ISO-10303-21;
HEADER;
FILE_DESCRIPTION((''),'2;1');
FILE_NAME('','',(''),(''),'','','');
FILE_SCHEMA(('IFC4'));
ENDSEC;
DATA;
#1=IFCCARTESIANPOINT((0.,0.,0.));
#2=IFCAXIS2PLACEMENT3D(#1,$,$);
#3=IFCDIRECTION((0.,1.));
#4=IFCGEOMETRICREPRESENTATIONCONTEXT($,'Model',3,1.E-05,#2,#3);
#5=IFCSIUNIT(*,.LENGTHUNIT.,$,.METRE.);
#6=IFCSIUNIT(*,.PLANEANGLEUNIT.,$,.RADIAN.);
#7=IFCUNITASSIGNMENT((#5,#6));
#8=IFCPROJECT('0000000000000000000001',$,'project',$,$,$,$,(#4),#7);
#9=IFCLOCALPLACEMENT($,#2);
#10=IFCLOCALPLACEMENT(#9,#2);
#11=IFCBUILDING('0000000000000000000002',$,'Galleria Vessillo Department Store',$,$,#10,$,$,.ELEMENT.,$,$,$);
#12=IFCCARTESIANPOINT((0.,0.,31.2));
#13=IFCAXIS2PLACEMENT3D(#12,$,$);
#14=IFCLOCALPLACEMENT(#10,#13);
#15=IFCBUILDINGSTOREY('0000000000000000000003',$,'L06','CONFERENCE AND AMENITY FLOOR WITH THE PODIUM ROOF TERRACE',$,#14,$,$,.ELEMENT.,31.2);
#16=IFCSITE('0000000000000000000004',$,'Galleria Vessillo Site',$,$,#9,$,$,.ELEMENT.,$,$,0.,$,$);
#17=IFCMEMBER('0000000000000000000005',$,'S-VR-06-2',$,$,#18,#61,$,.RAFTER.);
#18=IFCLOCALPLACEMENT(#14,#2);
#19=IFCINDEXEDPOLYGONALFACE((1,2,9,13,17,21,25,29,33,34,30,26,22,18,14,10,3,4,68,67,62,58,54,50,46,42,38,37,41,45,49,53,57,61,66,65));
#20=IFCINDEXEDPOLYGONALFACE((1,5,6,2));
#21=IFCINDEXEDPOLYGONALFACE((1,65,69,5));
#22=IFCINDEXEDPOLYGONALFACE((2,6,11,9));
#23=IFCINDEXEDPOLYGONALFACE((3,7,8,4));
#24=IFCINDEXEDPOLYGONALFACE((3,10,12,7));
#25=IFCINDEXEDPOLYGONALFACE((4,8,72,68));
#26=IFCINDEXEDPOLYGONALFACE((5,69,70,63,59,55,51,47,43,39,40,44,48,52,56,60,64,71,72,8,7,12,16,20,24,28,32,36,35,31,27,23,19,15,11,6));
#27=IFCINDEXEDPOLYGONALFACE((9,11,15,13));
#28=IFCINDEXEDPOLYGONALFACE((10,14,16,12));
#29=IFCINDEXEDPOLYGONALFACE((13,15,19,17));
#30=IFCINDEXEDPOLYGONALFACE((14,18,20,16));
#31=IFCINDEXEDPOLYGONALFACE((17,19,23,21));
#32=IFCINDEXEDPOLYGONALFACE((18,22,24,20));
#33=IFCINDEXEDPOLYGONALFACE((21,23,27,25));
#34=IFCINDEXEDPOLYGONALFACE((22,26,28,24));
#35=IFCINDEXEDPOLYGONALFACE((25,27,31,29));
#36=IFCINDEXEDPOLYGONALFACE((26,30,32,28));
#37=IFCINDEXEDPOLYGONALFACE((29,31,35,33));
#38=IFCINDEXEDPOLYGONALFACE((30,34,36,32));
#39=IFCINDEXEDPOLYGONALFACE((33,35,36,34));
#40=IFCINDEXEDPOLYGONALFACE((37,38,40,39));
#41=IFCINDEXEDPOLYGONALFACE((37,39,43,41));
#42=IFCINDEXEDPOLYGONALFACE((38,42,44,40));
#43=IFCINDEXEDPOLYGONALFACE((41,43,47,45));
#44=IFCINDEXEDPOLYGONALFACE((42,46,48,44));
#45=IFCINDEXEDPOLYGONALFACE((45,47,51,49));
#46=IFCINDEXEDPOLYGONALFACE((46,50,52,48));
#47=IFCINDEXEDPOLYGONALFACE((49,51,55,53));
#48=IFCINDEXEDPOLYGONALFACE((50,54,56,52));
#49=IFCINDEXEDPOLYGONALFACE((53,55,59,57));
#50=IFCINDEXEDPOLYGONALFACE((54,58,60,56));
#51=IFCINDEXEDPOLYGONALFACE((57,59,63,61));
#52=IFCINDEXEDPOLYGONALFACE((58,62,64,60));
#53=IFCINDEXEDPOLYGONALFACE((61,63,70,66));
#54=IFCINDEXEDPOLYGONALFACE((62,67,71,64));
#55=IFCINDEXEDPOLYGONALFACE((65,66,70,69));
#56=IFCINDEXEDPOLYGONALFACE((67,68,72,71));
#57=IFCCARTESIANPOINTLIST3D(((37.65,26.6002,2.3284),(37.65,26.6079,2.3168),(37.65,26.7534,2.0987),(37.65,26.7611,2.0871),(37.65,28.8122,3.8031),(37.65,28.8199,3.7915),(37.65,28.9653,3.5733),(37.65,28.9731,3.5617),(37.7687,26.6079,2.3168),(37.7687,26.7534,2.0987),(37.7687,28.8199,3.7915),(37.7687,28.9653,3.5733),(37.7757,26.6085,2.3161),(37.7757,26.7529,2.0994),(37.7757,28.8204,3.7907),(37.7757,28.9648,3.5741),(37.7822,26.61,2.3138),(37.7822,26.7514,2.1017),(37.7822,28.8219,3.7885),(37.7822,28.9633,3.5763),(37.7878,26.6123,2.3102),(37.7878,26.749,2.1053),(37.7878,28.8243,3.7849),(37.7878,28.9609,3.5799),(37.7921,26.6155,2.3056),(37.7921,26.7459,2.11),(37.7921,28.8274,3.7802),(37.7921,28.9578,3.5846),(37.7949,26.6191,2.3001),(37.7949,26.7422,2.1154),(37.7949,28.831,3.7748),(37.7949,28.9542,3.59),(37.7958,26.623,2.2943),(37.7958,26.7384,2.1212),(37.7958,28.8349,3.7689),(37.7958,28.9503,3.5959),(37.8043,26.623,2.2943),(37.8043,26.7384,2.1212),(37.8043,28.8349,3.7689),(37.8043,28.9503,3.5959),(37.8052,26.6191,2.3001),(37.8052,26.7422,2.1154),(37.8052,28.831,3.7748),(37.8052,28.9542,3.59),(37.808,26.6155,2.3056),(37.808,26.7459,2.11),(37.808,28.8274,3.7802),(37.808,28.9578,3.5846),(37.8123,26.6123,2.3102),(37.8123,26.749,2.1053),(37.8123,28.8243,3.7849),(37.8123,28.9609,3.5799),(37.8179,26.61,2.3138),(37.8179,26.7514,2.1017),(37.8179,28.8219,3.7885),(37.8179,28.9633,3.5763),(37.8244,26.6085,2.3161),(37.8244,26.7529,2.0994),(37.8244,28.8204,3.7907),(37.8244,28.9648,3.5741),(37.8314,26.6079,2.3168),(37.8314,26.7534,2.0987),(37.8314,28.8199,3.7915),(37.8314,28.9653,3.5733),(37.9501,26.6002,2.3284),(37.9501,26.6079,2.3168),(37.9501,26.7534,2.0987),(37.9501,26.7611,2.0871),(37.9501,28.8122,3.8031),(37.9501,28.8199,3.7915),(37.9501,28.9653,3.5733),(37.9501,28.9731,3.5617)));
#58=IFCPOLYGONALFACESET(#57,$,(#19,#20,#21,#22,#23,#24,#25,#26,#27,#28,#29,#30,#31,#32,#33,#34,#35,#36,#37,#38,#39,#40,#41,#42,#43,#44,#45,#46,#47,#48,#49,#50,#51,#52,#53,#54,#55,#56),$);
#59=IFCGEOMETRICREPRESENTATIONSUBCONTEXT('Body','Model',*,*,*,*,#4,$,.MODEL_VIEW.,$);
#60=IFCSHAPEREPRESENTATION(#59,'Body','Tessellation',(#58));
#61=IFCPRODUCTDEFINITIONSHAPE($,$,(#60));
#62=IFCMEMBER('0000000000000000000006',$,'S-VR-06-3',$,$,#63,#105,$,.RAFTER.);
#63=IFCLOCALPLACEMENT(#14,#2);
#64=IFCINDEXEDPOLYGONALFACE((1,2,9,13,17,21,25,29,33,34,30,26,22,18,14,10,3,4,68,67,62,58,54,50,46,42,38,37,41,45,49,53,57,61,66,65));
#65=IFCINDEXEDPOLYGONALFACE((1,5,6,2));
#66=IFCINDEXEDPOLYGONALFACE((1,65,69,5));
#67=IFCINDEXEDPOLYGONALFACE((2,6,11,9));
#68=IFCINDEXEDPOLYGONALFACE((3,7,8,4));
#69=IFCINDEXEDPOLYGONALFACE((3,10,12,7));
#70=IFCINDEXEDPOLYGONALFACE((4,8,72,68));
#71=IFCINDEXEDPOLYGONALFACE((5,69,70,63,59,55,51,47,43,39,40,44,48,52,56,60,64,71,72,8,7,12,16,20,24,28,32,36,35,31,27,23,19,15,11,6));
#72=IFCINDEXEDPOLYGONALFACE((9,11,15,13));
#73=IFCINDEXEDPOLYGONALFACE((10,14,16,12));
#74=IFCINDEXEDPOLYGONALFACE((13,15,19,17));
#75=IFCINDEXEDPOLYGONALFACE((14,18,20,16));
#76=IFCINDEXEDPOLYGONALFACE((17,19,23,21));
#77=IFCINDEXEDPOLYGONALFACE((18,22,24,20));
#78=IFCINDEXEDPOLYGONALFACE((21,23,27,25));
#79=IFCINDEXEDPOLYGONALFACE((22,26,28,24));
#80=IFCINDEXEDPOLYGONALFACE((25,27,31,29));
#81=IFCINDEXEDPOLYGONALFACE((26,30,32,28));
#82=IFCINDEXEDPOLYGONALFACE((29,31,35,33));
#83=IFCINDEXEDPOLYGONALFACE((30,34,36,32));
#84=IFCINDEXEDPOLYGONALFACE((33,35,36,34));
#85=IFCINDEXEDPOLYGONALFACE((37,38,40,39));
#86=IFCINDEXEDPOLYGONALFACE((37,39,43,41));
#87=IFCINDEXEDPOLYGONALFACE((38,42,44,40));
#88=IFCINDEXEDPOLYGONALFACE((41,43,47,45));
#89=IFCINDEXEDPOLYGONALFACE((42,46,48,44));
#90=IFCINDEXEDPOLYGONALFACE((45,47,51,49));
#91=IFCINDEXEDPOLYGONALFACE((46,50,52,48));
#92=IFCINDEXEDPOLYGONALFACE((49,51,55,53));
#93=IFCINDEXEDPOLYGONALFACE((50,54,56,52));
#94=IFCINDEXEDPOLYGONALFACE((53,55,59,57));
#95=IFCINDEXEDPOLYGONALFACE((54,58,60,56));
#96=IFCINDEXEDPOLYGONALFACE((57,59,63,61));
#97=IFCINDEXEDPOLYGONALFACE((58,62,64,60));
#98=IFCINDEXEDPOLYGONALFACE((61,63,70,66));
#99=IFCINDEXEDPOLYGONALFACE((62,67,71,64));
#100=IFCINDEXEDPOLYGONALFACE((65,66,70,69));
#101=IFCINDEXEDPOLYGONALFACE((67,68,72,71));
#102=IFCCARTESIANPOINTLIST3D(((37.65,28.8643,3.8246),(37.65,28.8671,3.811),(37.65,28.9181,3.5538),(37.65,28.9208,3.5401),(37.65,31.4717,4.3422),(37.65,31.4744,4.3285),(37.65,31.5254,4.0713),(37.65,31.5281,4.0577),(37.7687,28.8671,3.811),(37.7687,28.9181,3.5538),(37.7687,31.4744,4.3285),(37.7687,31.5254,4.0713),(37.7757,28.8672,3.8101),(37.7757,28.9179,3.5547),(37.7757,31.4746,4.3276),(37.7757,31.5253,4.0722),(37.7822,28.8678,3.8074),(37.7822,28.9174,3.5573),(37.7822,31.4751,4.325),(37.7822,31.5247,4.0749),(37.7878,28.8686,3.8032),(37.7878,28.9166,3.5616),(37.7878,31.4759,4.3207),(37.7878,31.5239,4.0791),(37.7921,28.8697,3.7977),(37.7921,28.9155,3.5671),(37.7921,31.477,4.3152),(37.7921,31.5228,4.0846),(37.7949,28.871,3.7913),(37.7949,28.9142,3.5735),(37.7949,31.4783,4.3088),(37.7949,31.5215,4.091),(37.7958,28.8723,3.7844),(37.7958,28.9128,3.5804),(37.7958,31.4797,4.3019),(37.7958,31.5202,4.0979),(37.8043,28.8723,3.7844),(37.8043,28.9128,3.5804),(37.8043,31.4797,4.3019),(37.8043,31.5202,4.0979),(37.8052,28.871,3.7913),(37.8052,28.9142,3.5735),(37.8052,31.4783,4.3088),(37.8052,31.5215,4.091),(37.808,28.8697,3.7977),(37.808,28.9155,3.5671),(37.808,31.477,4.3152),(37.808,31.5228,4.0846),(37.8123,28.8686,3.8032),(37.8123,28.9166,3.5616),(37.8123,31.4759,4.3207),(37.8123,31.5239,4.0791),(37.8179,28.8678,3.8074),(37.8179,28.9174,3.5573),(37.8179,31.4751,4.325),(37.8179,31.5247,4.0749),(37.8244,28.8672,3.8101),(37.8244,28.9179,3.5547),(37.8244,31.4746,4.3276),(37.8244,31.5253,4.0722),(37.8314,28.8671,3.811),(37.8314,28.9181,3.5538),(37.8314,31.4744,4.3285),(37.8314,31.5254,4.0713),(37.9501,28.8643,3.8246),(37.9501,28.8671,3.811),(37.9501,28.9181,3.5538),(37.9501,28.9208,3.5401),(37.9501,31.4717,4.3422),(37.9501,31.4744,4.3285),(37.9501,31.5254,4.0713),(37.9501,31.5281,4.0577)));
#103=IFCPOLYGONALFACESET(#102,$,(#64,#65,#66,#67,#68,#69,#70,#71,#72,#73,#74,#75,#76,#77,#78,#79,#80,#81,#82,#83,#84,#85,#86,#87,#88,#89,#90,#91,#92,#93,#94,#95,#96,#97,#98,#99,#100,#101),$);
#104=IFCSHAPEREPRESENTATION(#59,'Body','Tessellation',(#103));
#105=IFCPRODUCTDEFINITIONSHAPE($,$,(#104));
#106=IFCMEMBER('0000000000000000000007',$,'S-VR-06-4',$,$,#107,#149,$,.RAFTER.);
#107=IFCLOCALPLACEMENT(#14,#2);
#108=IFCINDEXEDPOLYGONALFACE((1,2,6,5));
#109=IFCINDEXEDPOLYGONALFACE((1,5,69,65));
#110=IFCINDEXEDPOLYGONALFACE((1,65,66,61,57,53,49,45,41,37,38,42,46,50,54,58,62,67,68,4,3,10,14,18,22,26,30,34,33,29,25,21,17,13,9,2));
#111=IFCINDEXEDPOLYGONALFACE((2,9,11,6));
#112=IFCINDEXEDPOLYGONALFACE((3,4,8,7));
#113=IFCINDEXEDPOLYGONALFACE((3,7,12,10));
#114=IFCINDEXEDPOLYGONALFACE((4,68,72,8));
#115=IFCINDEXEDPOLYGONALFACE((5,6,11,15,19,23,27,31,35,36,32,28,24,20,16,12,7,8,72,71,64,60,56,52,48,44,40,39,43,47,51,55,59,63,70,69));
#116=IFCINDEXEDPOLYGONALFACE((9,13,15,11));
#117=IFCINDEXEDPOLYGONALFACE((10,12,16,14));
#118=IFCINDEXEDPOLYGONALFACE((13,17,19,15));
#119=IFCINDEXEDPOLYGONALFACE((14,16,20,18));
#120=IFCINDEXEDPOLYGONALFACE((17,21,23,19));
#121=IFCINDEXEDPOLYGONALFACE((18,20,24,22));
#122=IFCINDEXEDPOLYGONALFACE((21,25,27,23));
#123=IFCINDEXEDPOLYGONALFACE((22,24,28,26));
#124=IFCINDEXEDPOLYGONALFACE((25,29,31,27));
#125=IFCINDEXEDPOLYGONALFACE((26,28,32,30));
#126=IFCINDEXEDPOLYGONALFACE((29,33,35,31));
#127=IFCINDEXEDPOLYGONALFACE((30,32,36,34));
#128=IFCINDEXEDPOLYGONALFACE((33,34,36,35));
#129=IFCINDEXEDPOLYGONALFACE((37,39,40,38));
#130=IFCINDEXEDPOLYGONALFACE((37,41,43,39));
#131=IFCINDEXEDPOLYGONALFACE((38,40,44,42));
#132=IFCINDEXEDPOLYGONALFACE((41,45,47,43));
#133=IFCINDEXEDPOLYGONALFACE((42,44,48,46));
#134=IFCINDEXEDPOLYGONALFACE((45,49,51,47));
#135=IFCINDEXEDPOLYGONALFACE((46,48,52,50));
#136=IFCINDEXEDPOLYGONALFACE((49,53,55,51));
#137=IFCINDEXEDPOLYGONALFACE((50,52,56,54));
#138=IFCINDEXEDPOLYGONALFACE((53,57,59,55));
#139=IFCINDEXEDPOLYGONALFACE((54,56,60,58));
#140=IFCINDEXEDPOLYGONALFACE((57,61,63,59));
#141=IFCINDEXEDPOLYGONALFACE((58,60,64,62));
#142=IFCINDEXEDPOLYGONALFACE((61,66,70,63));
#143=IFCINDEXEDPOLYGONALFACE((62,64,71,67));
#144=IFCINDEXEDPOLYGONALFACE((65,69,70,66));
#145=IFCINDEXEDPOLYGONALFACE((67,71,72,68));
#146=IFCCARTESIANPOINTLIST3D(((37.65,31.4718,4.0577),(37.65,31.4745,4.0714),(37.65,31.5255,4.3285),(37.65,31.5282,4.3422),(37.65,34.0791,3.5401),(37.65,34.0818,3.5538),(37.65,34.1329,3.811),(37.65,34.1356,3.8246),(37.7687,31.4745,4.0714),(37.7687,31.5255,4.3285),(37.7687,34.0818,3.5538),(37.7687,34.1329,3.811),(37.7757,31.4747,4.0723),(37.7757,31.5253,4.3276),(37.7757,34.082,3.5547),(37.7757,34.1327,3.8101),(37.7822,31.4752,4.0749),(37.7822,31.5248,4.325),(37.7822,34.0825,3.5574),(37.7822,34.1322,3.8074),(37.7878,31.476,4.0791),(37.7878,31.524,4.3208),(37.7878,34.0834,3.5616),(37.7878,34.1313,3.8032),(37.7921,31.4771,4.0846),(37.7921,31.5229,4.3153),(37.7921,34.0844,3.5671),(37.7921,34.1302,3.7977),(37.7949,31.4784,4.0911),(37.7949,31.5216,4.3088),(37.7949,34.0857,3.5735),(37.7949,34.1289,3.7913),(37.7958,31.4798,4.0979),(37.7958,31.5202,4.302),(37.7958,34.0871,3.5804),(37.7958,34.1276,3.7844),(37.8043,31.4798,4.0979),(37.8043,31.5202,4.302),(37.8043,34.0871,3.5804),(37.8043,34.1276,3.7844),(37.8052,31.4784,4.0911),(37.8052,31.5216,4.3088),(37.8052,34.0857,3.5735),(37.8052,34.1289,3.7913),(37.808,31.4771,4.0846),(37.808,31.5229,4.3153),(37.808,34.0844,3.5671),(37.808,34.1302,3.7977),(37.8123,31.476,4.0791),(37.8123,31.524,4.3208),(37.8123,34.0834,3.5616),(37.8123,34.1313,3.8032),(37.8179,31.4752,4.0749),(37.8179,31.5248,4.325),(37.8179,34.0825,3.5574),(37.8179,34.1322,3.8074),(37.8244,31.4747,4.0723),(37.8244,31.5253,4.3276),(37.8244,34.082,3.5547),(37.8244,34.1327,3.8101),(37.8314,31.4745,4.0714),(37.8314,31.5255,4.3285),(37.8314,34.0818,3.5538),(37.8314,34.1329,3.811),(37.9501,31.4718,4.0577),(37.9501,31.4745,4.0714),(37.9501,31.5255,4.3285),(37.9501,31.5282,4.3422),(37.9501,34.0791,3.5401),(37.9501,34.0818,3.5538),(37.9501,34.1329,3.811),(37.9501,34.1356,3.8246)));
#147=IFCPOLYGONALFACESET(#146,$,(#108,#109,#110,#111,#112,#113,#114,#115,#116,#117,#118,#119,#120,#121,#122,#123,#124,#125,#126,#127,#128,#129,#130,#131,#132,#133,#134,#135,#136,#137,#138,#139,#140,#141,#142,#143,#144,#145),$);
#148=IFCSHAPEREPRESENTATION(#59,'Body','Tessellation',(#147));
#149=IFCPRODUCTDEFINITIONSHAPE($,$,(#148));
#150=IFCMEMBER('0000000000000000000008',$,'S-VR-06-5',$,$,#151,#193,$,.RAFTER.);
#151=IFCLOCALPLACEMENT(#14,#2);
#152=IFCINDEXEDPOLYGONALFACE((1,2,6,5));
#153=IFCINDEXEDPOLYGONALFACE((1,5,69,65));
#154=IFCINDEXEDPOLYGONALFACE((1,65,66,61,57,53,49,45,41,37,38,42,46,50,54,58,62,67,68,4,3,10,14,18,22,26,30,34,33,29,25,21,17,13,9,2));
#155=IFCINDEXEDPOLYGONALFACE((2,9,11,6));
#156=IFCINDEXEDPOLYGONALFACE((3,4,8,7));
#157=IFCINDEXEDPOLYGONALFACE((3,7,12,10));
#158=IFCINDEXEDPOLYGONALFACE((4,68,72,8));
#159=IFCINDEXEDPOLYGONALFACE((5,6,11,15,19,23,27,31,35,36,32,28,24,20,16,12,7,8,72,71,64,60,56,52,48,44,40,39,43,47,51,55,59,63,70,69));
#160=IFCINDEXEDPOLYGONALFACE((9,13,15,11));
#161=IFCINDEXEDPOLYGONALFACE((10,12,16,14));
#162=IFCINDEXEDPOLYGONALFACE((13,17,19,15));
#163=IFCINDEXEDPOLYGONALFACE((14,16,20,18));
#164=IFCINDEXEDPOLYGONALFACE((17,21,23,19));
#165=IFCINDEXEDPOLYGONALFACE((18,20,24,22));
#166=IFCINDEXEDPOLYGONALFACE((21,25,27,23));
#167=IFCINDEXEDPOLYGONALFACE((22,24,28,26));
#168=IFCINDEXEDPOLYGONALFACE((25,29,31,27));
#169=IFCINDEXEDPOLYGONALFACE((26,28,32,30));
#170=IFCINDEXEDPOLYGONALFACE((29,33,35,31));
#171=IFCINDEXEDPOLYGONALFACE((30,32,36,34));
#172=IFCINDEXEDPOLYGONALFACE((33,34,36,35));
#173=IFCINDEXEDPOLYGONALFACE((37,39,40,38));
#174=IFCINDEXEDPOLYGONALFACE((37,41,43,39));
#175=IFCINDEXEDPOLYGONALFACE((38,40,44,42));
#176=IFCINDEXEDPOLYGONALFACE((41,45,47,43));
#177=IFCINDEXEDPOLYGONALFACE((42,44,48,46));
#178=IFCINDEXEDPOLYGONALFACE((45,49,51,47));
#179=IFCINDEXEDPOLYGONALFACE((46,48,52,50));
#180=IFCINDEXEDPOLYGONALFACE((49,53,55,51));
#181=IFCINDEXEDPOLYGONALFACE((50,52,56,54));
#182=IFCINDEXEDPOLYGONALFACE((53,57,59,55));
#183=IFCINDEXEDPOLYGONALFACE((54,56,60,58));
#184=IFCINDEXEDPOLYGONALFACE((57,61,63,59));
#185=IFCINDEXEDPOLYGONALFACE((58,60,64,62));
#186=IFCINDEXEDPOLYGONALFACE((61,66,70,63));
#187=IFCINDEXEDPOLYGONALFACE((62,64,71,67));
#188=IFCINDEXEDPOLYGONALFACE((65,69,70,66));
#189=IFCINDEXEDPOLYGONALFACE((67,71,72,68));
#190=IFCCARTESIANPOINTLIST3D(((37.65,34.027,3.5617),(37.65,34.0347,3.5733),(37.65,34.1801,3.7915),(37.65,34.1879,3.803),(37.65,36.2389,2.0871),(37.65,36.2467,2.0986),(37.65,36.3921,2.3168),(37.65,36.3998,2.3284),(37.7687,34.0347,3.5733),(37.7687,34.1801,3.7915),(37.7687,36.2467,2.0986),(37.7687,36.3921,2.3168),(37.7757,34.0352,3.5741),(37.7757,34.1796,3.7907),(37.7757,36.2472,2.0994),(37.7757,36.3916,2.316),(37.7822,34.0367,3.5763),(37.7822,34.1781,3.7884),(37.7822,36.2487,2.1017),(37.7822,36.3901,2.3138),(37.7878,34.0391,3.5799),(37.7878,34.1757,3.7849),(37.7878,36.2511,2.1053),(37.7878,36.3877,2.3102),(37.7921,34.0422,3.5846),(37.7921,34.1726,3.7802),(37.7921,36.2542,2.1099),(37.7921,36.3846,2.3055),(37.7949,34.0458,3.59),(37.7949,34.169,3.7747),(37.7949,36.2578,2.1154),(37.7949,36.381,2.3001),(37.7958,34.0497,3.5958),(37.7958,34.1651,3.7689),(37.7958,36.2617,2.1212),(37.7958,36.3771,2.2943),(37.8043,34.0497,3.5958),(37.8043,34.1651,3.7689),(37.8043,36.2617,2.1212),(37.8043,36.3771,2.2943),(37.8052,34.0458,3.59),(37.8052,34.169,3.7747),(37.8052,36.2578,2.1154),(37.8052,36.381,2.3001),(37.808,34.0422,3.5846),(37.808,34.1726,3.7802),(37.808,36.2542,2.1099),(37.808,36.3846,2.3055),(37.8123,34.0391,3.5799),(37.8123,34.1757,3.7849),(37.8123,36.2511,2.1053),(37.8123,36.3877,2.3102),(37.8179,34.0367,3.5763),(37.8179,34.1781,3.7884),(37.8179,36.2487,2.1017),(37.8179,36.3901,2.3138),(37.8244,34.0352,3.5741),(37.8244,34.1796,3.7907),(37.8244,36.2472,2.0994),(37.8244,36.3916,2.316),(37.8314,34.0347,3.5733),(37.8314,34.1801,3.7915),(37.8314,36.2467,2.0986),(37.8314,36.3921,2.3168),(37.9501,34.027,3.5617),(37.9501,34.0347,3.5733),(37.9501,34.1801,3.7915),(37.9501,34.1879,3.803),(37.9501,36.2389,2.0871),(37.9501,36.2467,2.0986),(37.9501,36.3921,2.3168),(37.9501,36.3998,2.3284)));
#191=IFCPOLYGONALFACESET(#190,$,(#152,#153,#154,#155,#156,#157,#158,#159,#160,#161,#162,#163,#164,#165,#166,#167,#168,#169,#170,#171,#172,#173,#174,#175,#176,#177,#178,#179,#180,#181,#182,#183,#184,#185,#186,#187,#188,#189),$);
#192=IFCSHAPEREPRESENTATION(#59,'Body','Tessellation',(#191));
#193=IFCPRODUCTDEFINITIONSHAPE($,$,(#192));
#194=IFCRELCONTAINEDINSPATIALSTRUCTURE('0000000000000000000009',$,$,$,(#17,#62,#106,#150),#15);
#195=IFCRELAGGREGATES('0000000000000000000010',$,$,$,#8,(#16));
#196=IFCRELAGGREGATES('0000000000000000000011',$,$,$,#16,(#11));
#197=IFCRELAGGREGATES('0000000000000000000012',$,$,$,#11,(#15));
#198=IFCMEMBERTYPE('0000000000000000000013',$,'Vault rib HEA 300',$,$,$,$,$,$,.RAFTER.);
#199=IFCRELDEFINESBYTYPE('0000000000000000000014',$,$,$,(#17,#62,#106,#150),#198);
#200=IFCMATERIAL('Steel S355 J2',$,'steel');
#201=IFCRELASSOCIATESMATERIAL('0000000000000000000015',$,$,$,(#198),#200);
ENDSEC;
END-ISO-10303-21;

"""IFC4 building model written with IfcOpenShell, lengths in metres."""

from ifc_helpers import new_model, si_unit, direction, frame, origin, origin_2d, place, context, subcontext, project, spatial, i_section, extrude, material, material_profile, profile_set, type_object, element, save


model = new_model("IFC4")

# Units and contexts
model_context = context("Model", 3, precision=1e-05, world=origin(), true_north=direction((0.0, 1.0)))
body_context = subcontext(model_context, "Body", "Model", "MODEL_VIEW")
ifc_project = project(units=[si_unit("LENGTHUNIT", "METRE"), si_unit("PLANEANGLEUNIT", "RADIAN")], contexts=[model_context])

# Site, building, storey
site_placement = place(None, origin())
site = spatial("IfcSite", under=ifc_project, at=site_placement, Name="Galleria Vessillo Site", CompositionType="ELEMENT", RefElevation=0.0)
building_placement = place(site_placement, origin())
building = spatial("IfcBuilding", under=site, at=building_placement, Name="Galleria Vessillo Department Store", CompositionType="ELEMENT")
storey_placement = place(building_placement, frame((0.0, 0.0, 31.2)))
storey = spatial("IfcBuildingStorey", under=building, at=storey_placement, Name="L06", Description="CONFERENCE AND AMENITY FLOOR WITH THE PODIUM ROOF TERRACE", CompositionType="ELEMENT", Elevation=31.2)

# Members
ifc_material_1 = material(Name="Steel S355 J2", Category="steel")
ifc_material_profile_1 = material_profile(ifc_material_1, i_section(OverallWidth=0.3, OverallDepth=0.29, WebThickness=0.0085, FlangeThickness=0.0139, FilletRadius=0.0271, at=origin_2d()), Name="HEA 300")
ifc_profile_set_1 = profile_set([ifc_material_profile_1], Name="Steel S355 J2")
member_type_1 = type_object("IfcMemberType", Name="Vault rib HEA 300", PredefinedType="RAFTER", material=ifc_profile_set_1)
member_1_placement = place(storey_placement, frame((37.8, 26.6807, 2.2078), z_axis=(0.0, 0.83205, 0.5547), x_axis=(-1.0, 0.0, 0.0)))
element("IfcMember", 1, at=member_1_placement, inside=storey, type_object=member_type_1, Name="S-VR-06-2", PredefinedType="RAFTER", context=body_context, shape_type="SweptSolid", body=[
    extrude(i_section(OverallWidth=0.3, OverallDepth=0.29, WebThickness=0.0085, FlangeThickness=0.0139, FilletRadius=0.0271, at=origin_2d()), origin(), (0.0, 0.0, 1.0), 2.6584),
])
for number, where, z_axis, x_axis, name in (
    (2, (37.8, 28.8926, 3.6824), (0.0, 0.980862, 0.194703), (-1.0, 0.0, 0.0), "S-VR-06-3"),
    (3, (37.8, 31.5, 4.2), (0.0, 0.980862, -0.194703), (-1.0, 0.0, 0.0), "S-VR-06-4"),
):
    element("IfcMember", number, at=place(storey_placement, frame(where, z_axis=z_axis, x_axis=x_axis)), inside=storey, type_object=member_type_1, Name=name, PredefinedType="RAFTER", context=body_context, shape_type="SweptSolid", body=[
        extrude(i_section(OverallWidth=0.3, OverallDepth=0.29, WebThickness=0.0085, FlangeThickness=0.0139, FilletRadius=0.0271, at=origin_2d()), origin(), (0.0, 0.0, 1.0), 2.6582),
    ])
member_2_placement = place(storey_placement, frame((37.8, 34.1074, 3.6824), z_axis=(0.0, 0.83205, -0.5547), x_axis=(-1.0, 0.0, 0.0)))
element("IfcMember", 4, at=member_2_placement, inside=storey, type_object=member_type_1, Name="S-VR-06-5", PredefinedType="RAFTER", context=body_context, shape_type="SweptSolid", body=[
    extrude(i_section(OverallWidth=0.3, OverallDepth=0.29, WebThickness=0.0085, FlangeThickness=0.0139, FilletRadius=0.0271, at=origin_2d()), origin(), (0.0, 0.0, 1.0), 2.6584),
])

save(model, "model.ifc")
